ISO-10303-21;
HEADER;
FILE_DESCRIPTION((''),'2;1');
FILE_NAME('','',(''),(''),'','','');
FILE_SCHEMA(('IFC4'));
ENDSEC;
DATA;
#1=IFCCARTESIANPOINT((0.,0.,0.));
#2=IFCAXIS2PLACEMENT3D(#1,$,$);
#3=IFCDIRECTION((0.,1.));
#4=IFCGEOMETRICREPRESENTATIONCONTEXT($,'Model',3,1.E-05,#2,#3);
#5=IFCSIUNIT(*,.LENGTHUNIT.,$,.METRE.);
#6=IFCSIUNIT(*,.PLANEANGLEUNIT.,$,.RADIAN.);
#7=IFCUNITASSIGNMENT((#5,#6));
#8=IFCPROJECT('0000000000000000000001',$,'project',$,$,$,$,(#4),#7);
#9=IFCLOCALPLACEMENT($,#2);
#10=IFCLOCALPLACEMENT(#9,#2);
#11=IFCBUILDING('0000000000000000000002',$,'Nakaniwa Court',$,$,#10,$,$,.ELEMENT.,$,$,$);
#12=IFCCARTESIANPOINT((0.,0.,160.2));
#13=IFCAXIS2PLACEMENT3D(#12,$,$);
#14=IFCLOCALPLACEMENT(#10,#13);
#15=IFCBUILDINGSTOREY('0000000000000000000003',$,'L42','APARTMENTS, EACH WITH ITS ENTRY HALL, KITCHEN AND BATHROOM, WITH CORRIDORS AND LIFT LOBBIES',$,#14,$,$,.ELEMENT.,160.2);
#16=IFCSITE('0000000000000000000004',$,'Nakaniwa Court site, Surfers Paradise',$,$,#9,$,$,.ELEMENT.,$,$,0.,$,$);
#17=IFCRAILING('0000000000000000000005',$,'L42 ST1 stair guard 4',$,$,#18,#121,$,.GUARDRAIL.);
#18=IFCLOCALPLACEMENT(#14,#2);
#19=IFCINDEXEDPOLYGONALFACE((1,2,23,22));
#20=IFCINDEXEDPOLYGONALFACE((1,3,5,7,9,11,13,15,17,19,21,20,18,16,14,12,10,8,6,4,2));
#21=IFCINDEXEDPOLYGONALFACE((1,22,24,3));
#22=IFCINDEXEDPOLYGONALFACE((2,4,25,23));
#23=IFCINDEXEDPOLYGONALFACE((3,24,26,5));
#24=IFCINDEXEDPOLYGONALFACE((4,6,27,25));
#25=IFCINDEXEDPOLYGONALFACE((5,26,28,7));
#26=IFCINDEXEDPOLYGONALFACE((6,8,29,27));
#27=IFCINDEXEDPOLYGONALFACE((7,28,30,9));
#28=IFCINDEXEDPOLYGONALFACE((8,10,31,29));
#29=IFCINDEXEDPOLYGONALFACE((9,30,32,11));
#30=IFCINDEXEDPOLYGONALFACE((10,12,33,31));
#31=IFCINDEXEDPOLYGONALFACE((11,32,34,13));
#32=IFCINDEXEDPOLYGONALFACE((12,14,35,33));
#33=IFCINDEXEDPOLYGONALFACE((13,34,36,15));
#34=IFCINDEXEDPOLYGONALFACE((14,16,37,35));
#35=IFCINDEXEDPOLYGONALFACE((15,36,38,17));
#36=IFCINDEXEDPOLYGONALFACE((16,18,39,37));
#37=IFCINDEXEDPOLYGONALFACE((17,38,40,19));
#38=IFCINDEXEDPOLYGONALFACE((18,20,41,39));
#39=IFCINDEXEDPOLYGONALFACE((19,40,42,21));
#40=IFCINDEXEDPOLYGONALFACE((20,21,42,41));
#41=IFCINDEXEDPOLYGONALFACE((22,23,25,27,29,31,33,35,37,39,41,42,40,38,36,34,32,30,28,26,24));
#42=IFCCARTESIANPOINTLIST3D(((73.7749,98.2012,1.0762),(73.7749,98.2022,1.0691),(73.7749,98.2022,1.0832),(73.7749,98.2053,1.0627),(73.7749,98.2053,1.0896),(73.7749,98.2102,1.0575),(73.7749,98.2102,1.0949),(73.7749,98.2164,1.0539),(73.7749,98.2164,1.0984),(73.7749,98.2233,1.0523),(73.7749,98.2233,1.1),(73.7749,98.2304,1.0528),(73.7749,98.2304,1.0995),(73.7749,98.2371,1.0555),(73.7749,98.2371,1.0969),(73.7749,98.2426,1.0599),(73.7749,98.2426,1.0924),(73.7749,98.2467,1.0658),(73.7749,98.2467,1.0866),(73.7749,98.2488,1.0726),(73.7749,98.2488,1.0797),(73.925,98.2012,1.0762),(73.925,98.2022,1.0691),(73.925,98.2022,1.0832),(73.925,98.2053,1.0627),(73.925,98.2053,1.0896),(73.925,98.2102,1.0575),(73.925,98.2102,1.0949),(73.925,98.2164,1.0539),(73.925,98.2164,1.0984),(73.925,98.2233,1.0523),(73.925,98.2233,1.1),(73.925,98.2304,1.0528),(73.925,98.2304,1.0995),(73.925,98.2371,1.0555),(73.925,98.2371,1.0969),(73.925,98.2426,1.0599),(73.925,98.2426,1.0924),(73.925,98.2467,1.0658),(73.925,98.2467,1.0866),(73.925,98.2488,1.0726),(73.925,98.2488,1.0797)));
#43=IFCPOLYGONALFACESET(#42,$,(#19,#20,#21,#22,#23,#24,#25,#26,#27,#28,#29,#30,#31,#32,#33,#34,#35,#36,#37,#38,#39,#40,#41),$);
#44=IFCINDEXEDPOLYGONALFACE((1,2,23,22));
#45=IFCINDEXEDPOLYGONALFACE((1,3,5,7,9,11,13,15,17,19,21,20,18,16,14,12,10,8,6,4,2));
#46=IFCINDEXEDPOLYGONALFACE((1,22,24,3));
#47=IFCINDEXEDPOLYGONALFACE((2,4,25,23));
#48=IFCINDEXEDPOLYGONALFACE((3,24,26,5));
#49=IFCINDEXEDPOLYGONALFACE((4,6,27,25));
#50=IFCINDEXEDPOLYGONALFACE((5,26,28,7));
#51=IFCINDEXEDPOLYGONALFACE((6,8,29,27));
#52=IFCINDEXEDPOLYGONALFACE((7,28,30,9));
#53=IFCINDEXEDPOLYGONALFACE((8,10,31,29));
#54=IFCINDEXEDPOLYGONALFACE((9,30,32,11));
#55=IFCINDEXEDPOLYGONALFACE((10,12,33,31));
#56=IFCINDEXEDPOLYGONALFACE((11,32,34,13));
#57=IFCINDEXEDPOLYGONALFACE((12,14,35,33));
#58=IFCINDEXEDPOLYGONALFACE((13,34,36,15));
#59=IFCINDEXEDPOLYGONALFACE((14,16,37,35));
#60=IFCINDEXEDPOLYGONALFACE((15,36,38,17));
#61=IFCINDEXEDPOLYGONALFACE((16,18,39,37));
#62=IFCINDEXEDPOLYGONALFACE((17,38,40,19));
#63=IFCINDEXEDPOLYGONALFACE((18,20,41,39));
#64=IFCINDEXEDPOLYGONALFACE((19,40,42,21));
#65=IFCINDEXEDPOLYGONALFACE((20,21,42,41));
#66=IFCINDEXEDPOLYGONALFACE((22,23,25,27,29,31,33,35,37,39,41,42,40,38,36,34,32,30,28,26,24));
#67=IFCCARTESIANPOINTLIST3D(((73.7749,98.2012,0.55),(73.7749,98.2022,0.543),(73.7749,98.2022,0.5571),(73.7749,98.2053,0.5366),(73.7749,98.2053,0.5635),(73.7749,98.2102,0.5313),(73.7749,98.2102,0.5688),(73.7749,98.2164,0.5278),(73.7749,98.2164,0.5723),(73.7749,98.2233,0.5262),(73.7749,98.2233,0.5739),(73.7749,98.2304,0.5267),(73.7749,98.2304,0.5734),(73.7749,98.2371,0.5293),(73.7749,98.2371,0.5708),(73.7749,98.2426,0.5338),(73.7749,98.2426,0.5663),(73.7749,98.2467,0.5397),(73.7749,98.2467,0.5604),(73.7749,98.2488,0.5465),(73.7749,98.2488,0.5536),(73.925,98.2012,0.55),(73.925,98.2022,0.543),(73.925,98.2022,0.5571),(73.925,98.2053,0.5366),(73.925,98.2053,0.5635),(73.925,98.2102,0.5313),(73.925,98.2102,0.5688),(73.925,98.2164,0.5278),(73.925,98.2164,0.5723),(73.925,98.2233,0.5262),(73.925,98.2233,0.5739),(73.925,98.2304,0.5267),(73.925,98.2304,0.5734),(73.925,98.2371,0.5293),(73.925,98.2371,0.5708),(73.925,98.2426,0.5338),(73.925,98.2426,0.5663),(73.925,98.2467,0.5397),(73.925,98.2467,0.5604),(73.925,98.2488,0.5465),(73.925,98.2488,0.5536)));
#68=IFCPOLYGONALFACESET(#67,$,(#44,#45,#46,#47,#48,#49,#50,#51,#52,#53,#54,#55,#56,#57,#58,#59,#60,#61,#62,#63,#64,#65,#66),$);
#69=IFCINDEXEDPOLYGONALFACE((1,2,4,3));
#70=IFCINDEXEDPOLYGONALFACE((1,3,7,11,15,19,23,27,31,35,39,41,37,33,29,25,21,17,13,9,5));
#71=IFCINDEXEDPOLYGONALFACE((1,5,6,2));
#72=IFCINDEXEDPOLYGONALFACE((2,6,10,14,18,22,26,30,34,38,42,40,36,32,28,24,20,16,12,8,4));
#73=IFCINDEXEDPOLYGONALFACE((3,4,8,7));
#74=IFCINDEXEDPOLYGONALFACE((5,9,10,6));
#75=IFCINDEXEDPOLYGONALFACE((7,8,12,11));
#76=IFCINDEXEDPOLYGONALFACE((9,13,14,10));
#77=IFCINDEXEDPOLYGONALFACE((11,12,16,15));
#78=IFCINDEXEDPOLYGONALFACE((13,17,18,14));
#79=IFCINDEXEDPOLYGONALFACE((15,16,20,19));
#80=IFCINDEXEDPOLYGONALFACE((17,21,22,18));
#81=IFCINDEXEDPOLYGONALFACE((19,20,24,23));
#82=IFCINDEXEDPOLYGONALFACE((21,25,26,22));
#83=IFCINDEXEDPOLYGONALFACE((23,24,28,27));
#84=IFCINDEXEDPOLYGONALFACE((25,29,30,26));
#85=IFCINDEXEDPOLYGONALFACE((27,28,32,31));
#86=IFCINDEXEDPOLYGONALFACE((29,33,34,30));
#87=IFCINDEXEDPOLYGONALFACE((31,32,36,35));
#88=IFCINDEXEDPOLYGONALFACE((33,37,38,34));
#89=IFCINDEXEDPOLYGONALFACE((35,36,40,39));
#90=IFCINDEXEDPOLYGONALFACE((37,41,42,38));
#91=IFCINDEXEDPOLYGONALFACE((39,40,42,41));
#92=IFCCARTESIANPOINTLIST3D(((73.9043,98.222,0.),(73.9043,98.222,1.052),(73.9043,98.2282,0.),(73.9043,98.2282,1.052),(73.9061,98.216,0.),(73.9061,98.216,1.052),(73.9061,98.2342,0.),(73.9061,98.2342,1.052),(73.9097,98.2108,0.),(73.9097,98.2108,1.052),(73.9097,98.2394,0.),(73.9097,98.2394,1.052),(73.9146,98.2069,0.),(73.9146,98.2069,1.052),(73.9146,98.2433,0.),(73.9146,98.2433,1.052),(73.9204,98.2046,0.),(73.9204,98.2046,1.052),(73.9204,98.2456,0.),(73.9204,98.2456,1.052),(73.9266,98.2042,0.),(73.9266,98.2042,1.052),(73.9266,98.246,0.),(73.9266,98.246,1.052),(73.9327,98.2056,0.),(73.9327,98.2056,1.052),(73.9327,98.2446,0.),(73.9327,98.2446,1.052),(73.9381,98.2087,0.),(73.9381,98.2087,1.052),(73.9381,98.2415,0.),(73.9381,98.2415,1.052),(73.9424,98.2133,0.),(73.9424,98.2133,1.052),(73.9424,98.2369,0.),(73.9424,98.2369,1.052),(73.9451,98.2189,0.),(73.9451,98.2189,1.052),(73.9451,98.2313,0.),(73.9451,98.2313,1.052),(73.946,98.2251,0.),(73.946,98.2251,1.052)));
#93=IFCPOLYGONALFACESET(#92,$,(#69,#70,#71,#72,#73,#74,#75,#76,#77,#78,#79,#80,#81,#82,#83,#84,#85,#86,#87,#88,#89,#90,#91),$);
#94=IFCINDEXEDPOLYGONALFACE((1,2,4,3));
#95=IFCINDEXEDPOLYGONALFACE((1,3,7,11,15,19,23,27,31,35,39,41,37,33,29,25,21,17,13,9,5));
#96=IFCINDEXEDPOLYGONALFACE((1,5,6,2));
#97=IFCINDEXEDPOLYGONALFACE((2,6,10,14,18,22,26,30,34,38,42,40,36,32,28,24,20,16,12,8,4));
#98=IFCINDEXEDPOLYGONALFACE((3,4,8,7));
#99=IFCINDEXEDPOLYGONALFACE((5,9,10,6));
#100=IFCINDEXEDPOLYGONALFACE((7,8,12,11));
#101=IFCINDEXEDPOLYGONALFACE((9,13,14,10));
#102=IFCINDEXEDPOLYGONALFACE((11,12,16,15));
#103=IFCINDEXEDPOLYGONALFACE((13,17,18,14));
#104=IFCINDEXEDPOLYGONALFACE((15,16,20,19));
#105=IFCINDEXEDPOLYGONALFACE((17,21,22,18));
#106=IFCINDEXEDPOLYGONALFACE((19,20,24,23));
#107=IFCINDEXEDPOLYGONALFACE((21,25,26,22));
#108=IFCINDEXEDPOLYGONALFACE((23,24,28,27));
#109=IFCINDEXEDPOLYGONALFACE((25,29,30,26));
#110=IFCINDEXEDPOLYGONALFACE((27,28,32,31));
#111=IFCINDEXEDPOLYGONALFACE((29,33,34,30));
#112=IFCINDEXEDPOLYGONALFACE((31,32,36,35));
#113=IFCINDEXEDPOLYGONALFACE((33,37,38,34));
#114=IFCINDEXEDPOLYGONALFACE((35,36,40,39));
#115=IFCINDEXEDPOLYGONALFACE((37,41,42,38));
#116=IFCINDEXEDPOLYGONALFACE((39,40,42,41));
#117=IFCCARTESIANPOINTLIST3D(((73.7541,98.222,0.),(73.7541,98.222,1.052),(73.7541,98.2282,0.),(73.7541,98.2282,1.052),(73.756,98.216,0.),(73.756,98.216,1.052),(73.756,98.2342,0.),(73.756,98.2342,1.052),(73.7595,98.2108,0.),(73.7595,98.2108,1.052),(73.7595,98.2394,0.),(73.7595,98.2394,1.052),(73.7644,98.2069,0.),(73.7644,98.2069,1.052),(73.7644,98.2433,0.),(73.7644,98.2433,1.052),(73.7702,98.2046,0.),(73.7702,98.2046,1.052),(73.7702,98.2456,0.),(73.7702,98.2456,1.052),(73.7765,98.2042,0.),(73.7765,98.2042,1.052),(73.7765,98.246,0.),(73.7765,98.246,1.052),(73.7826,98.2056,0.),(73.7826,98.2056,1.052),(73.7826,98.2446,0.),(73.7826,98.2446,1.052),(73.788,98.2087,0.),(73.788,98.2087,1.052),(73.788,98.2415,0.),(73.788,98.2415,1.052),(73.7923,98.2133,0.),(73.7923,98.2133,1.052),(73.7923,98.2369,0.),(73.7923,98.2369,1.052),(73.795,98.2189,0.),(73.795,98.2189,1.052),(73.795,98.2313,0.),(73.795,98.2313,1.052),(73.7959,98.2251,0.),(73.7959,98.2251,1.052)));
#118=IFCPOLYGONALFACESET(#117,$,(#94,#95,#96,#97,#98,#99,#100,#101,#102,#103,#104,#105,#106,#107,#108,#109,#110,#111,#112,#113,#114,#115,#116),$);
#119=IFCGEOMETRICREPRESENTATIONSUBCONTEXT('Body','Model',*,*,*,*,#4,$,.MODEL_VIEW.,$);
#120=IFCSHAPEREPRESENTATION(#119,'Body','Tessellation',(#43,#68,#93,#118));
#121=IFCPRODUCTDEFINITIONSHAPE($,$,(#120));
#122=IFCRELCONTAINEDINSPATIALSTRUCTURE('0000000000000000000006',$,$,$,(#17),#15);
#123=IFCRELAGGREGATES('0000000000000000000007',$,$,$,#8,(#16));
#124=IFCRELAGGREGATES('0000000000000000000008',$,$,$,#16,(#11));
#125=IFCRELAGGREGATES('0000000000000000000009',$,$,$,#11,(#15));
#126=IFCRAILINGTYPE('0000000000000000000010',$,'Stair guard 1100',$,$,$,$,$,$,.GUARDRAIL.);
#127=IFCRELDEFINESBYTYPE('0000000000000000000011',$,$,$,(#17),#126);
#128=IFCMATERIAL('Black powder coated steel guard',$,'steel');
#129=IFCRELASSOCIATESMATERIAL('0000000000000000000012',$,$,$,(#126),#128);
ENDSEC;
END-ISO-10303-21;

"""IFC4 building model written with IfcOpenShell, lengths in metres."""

from ifc_helpers import new_model, si_unit, direction, frame, origin, origin_2d, place, context, subcontext, project, spatial, circle, extrude, material, type_object, element, save


model = new_model("IFC4")

# Units and contexts
model_context = context("Model", 3, precision=1e-05, world=origin(), true_north=direction((0.0, 1.0)))
body_context = subcontext(model_context, "Body", "Model", "MODEL_VIEW")
ifc_project = project(units=[si_unit("LENGTHUNIT", "METRE"), si_unit("PLANEANGLEUNIT", "RADIAN")], contexts=[model_context])

# Site, building, storey
site_placement = place(None, origin())
site = spatial("IfcSite", under=ifc_project, at=site_placement, Name="Nakaniwa Court site, Surfers Paradise", CompositionType="ELEMENT", RefElevation=0.0)
building_placement = place(site_placement, origin())
building = spatial("IfcBuilding", under=site, at=building_placement, Name="Nakaniwa Court", CompositionType="ELEMENT")
storey_placement = place(building_placement, frame((0.0, 0.0, 160.2)))
storey = spatial("IfcBuildingStorey", under=building, at=storey_placement, Name="L42", Description="APARTMENTS, EACH WITH ITS ENTRY HALL, KITCHEN AND BATHROOM, WITH CORRIDORS AND LIFT LOBBIES", CompositionType="ELEMENT", Elevation=160.2)

# Railing
ifc_material_1 = material(Name="Black powder coated steel guard", Category="steel")
railing_type_1 = type_object("IfcRailingType", Name="Stair guard 1100", PredefinedType="GUARDRAIL", material=ifc_material_1)
railing_1_placement = place(storey_placement, frame((73.925, 98.2251, 0.0)))
element("IfcRailing", 1, at=railing_1_placement, inside=storey, type_object=railing_type_1, Name="L42 ST1 stair guard 4", PredefinedType="GUARDRAIL", context=body_context, shape_type="SweptSolid", body=[
    extrude(circle(Radius=0.0239, at=origin_2d()), frame((0.0, 0.0, 1.0762), z_axis=(-1.0, 0.0, 0.0), x_axis=(0.0, -1.0, 0.0)), (0.0, 0.0, 1.0), 0.1501),
    extrude(circle(Radius=0.0239, at=origin_2d()), frame((0.0, 0.0, 0.55), z_axis=(-1.0, 0.0, 0.0), x_axis=(0.0, -1.0, 0.0)), (0.0, 0.0, 1.0), 0.1501),
    extrude(circle(Radius=0.021, at=origin_2d()), origin(), (0.0, 0.0, 1.0), 1.052),
    extrude(circle(Radius=0.021, at=origin_2d()), frame((-0.1501, 0.0, 0.0)), (0.0, 0.0, 1.0), 1.052),
])

save(model, "model.ifc")
